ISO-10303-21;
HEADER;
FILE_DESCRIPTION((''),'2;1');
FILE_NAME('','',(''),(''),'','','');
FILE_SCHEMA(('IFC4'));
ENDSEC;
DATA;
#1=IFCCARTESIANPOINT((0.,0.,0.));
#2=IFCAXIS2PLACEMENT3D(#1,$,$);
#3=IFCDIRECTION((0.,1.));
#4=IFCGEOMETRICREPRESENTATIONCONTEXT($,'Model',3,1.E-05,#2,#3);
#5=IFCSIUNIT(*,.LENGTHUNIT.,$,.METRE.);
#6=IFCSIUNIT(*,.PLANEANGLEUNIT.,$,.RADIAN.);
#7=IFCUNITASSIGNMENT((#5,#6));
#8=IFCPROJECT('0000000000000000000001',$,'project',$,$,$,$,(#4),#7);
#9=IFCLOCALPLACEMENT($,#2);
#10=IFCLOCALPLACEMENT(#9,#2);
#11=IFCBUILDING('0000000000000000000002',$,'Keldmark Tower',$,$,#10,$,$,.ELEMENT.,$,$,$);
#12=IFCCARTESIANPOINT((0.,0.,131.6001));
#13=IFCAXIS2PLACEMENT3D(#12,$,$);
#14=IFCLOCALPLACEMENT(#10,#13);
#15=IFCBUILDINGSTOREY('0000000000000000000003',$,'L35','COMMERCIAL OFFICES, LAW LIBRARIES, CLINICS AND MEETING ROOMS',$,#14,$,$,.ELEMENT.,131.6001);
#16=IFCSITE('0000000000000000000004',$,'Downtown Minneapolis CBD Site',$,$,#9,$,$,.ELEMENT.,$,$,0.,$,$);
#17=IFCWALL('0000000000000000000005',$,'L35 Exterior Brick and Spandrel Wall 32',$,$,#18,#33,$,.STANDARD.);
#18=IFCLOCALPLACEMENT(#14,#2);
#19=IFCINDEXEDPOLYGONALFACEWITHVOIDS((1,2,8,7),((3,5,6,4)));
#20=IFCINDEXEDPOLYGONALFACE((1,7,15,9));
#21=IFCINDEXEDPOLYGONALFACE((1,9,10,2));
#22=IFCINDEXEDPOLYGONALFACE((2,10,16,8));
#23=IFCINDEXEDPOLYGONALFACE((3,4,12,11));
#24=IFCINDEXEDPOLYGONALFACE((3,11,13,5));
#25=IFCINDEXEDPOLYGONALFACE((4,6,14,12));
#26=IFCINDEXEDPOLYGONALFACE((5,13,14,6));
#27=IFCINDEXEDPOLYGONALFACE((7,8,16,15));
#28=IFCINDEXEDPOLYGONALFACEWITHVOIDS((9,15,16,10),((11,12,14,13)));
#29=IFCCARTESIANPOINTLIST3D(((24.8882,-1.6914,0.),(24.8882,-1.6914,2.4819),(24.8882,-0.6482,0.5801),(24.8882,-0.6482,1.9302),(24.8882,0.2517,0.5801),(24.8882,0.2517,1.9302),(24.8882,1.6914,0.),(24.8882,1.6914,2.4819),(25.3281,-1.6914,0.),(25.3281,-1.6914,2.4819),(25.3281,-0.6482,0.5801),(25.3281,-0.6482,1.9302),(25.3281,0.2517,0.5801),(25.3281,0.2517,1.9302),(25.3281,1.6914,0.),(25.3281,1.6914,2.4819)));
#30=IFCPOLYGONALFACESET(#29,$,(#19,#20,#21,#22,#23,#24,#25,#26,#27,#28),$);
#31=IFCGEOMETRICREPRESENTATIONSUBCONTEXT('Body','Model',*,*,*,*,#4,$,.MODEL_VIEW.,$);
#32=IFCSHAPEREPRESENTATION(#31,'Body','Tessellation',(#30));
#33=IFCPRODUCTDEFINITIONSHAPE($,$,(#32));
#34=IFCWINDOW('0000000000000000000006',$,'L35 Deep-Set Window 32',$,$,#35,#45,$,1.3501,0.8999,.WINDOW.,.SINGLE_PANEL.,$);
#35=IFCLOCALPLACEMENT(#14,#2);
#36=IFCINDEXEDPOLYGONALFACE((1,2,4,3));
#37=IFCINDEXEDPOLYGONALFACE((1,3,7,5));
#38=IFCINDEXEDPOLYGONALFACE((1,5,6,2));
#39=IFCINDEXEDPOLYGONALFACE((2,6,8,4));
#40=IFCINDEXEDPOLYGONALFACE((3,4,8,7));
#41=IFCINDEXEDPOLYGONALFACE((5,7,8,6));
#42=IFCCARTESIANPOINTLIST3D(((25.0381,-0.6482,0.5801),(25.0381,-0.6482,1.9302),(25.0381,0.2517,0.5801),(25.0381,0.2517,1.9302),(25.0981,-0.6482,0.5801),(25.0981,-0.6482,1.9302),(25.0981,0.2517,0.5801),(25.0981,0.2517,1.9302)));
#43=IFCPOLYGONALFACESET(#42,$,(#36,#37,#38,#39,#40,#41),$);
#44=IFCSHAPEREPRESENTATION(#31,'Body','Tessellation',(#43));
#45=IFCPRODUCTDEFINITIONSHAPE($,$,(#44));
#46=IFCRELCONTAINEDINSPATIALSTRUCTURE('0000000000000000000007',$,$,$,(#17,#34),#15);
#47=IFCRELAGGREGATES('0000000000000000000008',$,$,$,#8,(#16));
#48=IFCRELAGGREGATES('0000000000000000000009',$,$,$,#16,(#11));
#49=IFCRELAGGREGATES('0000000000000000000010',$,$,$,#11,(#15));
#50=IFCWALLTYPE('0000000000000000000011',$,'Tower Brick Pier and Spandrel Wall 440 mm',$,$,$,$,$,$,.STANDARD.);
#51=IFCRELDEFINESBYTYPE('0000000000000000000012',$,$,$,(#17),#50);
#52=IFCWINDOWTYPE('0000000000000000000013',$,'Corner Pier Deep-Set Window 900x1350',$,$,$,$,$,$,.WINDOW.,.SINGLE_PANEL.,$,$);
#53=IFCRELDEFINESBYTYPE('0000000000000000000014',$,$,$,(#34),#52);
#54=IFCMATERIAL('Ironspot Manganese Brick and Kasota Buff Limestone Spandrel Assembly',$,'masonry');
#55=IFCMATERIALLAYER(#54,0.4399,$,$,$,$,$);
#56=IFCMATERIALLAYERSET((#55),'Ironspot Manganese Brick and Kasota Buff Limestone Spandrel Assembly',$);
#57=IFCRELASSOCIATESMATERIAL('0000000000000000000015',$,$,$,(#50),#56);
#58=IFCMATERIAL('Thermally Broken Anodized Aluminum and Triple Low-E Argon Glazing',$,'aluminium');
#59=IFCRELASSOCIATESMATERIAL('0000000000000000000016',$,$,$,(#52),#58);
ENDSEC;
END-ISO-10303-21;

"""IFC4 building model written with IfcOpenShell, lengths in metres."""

from ifc_helpers import new_model, si_unit, direction, frame, frame_2d, origin, place, context, subcontext, project, spatial, rectangle, extrude, material, layer, layer_set, type_object, element, fill, save


model = new_model("IFC4")

# Units and contexts
model_context = context("Model", 3, precision=1e-05, world=origin(), true_north=direction((0.0, 1.0)))
body_context = subcontext(model_context, "Body", "Model", "MODEL_VIEW")
ifc_project = project(units=[si_unit("LENGTHUNIT", "METRE"), si_unit("PLANEANGLEUNIT", "RADIAN")], contexts=[model_context])

# Site, building, storey
site_placement = place(None, origin())
site = spatial("IfcSite", under=ifc_project, at=site_placement, Name="Downtown Minneapolis CBD Site", CompositionType="ELEMENT", RefElevation=0.0)
building_placement = place(site_placement, origin())
building = spatial("IfcBuilding", under=site, at=building_placement, Name="Keldmark Tower", CompositionType="ELEMENT")
storey_placement = place(building_placement, frame((0.0, 0.0, 131.6001)))
storey = spatial("IfcBuildingStorey", under=building, at=storey_placement, Name="L35", Description="COMMERCIAL OFFICES, LAW LIBRARIES, CLINICS AND MEETING ROOMS", CompositionType="ELEMENT", Elevation=131.6001)

# Wall, opening, window
ifc_material_1 = material(Name="Ironspot Manganese Brick and Kasota Buff Limestone Spandrel Assembly", Category="masonry")
ifc_layer_1 = layer(ifc_material_1, 0.4399)
ifc_layer_set_1 = layer_set([ifc_layer_1], Name="Ironspot Manganese Brick and Kasota Buff Limestone Spandrel Assembly")
wall_type_1 = type_object("IfcWallType", Name="Tower Brick Pier and Spandrel Wall 440 mm", PredefinedType="STANDARD", material=ifc_layer_set_1)
ifc_material_2 = material(Name="Thermally Broken Anodized Aluminum and Triple Low-E Argon Glazing", Category="aluminium")
window_type_1 = type_object("IfcWindowType", Name="Corner Pier Deep-Set Window 900x1350", PartitioningType="SINGLE_PANEL", PredefinedType="WINDOW", material=ifc_material_2)
wall_1_placement = place(storey_placement, frame((25.1082, 1.6914, 0.0), z_axis=(0.0, 0.0, 1.0), x_axis=(0.0, -1.0, 0.0)))
wall_1 = element("IfcWall", 1, at=wall_1_placement, inside=storey, type_object=wall_type_1, Name="L35 Exterior Brick and Spandrel Wall 32", PredefinedType="STANDARD", context=body_context, shape_type="SweptSolid", body=[
    extrude(rectangle(XDim=3.3828, YDim=0.4399, at=frame_2d((1.6914, 0.0))), origin(), (0.0, 0.0, 1.0), 2.4819),
])
opening_1_placement = place(wall_1_placement, frame((1.4397, 0.0, 0.5801)))
opening_1 = element("IfcOpeningElement", 2, at=opening_1_placement, cuts=wall_1, PredefinedType="OPENING", context=body_context, shape_type="SweptSolid", body=[
    extrude(rectangle(XDim=0.8999, YDim=1.3501, at=frame_2d((0.45, 0.675))), frame((0.0, 0.23, 0.0), z_axis=(0.0, -1.0, 0.0), x_axis=(1.0, 0.0, 0.0)), (0.0, 0.0, 1.0), 0.46),
])
window_1_placement = place(opening_1_placement, origin())
window_1 = element("IfcWindow", 3, at=window_1_placement, inside=storey, type_object=window_type_1, Name="L35 Deep-Set Window 32", OverallHeight=1.3501, OverallWidth=0.8999, PartitioningType="SINGLE_PANEL", PredefinedType="WINDOW", context=body_context, shape_type="SweptSolid", body=[
    extrude(rectangle(XDim=0.8999, YDim=1.3501, at=frame_2d((0.45, 0.675))), frame((0.0, -0.01, 0.0), z_axis=(0.0, -1.0, 0.0), x_axis=(1.0, 0.0, 0.0)), (0.0, 0.0, 1.0), 0.0601),
])
fill(opening_1, window_1)

save(model, "model.ifc")
